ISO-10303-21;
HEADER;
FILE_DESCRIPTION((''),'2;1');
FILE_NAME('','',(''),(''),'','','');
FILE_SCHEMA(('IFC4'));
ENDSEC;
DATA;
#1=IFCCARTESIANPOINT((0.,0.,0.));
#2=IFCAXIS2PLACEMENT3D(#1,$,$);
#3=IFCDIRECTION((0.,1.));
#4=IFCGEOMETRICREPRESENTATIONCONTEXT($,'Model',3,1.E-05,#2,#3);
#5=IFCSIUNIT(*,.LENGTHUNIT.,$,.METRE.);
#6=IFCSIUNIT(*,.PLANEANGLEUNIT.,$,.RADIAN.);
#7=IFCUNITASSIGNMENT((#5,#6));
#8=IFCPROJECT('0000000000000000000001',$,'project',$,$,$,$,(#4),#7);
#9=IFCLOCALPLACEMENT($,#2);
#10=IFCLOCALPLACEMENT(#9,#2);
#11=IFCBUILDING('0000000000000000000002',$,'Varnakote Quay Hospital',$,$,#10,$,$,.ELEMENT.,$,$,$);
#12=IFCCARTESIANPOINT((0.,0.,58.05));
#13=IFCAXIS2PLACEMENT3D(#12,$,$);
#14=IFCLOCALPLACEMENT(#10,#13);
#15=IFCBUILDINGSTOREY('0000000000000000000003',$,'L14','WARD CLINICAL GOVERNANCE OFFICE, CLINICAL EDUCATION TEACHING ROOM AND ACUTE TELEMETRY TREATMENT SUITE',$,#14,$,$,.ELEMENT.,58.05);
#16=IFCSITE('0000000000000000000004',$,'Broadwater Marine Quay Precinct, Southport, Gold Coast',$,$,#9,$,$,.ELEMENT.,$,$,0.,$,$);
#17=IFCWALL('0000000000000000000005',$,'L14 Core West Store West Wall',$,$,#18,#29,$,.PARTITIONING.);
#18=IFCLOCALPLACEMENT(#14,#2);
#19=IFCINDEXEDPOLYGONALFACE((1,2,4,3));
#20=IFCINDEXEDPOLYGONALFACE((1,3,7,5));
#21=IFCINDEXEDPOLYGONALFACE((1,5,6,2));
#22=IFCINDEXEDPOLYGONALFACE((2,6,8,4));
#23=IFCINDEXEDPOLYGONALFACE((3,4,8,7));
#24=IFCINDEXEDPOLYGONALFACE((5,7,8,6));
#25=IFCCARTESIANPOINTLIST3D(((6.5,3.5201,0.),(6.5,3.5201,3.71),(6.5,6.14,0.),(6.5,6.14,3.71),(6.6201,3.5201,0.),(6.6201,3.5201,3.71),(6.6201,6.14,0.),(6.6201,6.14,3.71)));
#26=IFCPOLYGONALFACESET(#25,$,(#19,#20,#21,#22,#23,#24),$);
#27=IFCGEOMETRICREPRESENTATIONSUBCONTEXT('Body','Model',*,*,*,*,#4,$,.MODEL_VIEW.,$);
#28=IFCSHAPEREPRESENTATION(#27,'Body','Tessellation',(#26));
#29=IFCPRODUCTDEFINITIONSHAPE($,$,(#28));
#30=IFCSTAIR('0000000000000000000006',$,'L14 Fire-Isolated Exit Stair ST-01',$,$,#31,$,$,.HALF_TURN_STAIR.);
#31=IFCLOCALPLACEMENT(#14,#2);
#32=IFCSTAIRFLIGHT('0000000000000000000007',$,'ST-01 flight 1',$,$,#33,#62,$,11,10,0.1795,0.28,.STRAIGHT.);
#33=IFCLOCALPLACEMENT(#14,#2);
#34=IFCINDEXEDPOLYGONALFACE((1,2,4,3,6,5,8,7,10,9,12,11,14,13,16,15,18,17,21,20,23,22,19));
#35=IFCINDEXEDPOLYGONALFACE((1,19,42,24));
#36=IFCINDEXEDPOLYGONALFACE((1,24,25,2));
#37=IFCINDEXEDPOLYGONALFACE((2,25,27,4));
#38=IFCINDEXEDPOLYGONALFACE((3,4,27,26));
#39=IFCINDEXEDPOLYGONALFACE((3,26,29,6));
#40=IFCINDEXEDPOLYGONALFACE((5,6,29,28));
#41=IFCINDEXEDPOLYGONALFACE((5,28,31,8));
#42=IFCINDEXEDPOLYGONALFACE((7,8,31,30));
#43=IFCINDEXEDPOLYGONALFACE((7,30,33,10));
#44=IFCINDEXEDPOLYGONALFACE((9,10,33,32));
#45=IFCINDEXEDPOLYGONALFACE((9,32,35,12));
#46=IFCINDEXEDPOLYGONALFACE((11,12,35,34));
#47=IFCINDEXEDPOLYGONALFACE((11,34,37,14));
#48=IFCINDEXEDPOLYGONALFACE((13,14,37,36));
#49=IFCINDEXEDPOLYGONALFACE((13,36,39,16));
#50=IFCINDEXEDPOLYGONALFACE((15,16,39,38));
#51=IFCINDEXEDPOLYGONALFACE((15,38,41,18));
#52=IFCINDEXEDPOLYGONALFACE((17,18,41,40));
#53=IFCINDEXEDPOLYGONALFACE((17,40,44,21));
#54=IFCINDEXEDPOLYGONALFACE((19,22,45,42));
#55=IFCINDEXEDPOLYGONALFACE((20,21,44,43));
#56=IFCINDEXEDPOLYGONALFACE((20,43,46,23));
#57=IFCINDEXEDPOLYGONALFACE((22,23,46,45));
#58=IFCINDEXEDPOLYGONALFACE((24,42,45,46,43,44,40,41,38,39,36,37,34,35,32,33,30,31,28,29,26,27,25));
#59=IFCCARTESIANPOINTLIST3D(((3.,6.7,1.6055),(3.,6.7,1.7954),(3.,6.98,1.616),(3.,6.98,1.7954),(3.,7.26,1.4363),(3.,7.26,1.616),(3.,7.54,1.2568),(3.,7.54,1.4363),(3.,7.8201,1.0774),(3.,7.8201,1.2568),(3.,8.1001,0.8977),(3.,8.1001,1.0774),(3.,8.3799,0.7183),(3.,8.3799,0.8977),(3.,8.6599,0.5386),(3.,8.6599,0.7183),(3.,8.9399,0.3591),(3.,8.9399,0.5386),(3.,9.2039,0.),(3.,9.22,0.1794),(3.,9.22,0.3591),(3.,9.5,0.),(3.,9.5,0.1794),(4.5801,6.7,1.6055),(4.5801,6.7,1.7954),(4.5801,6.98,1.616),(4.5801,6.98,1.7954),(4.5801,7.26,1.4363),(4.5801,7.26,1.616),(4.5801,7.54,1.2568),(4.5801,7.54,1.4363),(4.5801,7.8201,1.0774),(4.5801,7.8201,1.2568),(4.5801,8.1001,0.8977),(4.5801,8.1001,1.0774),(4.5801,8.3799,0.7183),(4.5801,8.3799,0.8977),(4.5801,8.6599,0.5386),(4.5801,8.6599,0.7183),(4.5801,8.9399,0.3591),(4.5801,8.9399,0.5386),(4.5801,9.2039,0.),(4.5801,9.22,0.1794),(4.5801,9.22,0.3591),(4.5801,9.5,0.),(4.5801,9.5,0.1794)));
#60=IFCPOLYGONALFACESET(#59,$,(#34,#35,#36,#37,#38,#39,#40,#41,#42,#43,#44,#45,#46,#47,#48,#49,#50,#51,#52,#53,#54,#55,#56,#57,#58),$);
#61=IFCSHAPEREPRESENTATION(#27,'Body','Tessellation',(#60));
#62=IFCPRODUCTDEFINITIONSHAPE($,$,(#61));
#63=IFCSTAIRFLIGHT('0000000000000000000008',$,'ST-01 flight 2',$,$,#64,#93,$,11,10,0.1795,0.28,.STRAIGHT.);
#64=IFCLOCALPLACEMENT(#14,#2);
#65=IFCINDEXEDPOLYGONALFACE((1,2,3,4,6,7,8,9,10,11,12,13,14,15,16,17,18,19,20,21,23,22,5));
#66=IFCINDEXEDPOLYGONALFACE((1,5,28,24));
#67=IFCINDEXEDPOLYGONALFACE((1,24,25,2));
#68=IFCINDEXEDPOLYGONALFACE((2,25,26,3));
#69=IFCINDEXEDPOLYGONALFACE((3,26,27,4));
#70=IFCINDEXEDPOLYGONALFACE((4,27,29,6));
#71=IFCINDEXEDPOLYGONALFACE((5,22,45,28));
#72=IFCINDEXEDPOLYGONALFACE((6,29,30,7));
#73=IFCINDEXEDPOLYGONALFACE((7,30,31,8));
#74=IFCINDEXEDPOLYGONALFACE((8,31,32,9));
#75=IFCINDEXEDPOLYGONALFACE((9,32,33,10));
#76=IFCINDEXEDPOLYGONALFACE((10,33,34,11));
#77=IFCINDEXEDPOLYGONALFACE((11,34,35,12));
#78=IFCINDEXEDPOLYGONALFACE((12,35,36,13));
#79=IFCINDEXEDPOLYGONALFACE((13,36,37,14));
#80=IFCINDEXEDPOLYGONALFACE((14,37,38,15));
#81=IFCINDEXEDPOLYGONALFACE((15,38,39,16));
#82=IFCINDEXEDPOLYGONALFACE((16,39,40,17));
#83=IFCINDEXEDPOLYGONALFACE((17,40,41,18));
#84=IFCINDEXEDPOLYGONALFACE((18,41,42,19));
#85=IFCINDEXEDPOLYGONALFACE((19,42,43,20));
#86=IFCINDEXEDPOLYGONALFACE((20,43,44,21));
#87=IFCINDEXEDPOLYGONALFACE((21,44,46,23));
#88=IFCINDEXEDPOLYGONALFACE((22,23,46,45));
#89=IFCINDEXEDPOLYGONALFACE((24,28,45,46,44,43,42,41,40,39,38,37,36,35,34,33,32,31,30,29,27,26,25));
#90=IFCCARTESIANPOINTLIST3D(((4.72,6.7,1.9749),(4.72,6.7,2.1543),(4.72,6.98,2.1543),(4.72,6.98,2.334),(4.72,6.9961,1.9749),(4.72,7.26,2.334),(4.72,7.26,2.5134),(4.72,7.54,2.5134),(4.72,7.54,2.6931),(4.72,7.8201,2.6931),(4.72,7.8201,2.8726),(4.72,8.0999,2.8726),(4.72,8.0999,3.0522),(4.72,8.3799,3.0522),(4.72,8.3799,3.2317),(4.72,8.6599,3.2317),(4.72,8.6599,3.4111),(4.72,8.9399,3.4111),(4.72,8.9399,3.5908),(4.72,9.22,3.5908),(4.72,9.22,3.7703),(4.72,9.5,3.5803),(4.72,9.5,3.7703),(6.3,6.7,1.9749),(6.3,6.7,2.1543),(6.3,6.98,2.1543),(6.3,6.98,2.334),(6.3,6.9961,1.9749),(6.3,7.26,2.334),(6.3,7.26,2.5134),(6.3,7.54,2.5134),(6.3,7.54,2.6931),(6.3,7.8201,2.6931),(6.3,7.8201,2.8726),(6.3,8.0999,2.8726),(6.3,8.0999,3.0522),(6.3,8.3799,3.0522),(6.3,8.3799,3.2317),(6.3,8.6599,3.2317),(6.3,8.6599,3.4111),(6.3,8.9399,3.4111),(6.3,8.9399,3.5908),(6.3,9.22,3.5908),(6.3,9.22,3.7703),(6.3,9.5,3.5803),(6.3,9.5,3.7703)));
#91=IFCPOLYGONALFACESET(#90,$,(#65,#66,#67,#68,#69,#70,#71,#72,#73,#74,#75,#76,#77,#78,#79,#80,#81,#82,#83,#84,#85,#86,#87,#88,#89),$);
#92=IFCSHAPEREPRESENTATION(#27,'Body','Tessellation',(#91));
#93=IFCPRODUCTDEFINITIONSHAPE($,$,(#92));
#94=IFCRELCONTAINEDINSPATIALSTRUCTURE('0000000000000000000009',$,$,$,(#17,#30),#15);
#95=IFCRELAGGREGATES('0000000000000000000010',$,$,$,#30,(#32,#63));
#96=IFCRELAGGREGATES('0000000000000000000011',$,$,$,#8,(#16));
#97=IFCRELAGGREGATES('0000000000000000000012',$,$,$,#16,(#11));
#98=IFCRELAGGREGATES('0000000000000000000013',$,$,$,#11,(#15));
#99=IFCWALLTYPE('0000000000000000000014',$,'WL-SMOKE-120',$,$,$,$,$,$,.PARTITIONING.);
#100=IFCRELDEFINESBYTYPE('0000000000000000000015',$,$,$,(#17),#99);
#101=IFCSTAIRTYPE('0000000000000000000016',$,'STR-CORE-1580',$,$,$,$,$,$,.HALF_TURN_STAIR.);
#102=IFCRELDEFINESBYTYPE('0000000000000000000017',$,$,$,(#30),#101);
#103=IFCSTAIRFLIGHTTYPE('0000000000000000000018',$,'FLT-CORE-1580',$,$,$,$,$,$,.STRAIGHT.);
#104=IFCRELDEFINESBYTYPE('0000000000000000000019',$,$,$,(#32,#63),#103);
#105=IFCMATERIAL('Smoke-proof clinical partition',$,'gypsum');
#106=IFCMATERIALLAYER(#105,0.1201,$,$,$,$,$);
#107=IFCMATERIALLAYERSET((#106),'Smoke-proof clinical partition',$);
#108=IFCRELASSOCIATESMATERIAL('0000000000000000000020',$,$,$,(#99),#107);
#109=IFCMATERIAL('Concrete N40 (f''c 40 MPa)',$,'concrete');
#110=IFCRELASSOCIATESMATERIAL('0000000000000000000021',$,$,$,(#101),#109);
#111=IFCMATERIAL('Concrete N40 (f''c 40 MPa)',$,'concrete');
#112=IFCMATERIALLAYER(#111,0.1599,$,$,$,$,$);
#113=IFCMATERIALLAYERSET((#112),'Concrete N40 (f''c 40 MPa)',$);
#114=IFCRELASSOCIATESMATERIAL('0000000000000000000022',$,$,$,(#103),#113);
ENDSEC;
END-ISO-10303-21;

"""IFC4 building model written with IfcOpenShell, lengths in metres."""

from ifc_helpers import new_model, si_unit, direction, frame, frame_2d, origin, place, context, subcontext, project, spatial, polyline, rectangle, outline, extrude, material, layer, layer_set, type_object, element, aggregate, save


model = new_model("IFC4")

# Units and contexts
model_context = context("Model", 3, precision=1e-05, world=origin(), true_north=direction((0.0, 1.0)))
body_context = subcontext(model_context, "Body", "Model", "MODEL_VIEW")
ifc_project = project(units=[si_unit("LENGTHUNIT", "METRE"), si_unit("PLANEANGLEUNIT", "RADIAN")], contexts=[model_context])

# Site, building, storey
site_placement = place(None, origin())
site = spatial("IfcSite", under=ifc_project, at=site_placement, Name="Broadwater Marine Quay Precinct, Southport, Gold Coast", CompositionType="ELEMENT", RefElevation=0.0)
building_placement = place(site_placement, origin())
building = spatial("IfcBuilding", under=site, at=building_placement, Name="Varnakote Quay Hospital", CompositionType="ELEMENT")
storey_placement = place(building_placement, frame((0.0, 0.0, 58.05)))
storey = spatial("IfcBuildingStorey", under=building, at=storey_placement, Name="L14", Description="WARD CLINICAL GOVERNANCE OFFICE, CLINICAL EDUCATION TEACHING ROOM AND ACUTE TELEMETRY TREATMENT SUITE", CompositionType="ELEMENT", Elevation=58.05)

# Wall
ifc_material_1 = material(Name="Smoke-proof clinical partition", Category="gypsum")
ifc_layer_1 = layer(ifc_material_1, 0.1201)
ifc_layer_set_1 = layer_set([ifc_layer_1], Name="Smoke-proof clinical partition")
wall_type_1 = type_object("IfcWallType", Name="WL-SMOKE-120", PredefinedType="PARTITIONING", material=ifc_layer_set_1)
wall_1_placement = place(storey_placement, frame((6.5601, 3.52, 0.0), z_axis=(0.0, 0.0, 1.0), x_axis=(0.0, 1.0, 0.0)))
element("IfcWall", 1, at=wall_1_placement, inside=storey, type_object=wall_type_1, Name="L14 Core West Store West Wall", PredefinedType="PARTITIONING", context=body_context, shape_type="SweptSolid", body=[
    extrude(rectangle(XDim=2.6199, YDim=0.1201, at=frame_2d((1.3101, 0.0))), origin(), (0.0, 0.0, 1.0), 3.71),
])

# Stair, stair flights
ifc_material_2 = material(Name="Concrete N40 (f'c 40 MPa)", Category="concrete")
stair_type = type_object("IfcStairType", Name="STR-CORE-1580", PredefinedType="HALF_TURN_STAIR", material=ifc_material_2)
stair_placement = place(storey_placement, origin())
stair = element("IfcStair", 2, at=stair_placement, inside=storey, type_object=stair_type, Name="L14 Fire-Isolated Exit Stair ST-01", PredefinedType="HALF_TURN_STAIR")
ifc_material_3 = material(Name="Concrete N40 (f'c 40 MPa)", Category="concrete")
ifc_layer_2 = layer(ifc_material_3, 0.1599)
ifc_layer_set_2 = layer_set([ifc_layer_2], Name="Concrete N40 (f'c 40 MPa)")
stair_flight_type = type_object("IfcStairFlightType", Name="FLT-CORE-1580", PredefinedType="STRAIGHT", material=ifc_layer_set_2)
stair_flight_1_placement = place(storey_placement, frame((3.79, 9.5, 0.0), z_axis=(0.0, 0.0, 1.0), x_axis=(0.0, -1.0, 0.0)))
stair_flight_1 = element("IfcStairFlight", 3, at=stair_flight_1_placement, type_object=stair_flight_type, Name="ST-01 flight 1", NumberOfRisers=11, NumberOfTreads=10, PredefinedType="STRAIGHT", RiserHeight=0.1795, TreadLength=0.28, context=body_context, shape_type="SweptSolid", body=[
    extrude(outline(polyline([(0.0, 0.0), (0.0, 0.1794), (0.28, 0.1794), (0.28, 0.3591), (0.5601, 0.3591), (0.5601, 0.5386), (0.8401, 0.5386), (0.8401, 0.7183), (1.1201, 0.7183), (1.1201, 0.8977), (1.3999, 0.8977), (1.3999, 1.0774), (1.6799, 1.0774), (1.6799, 1.2568), (1.96, 1.2568), (1.96, 1.4363), (2.24, 1.4363), (2.24, 1.616), (2.52, 1.616), (2.52, 1.7954), (2.8, 1.7954), (2.8, 1.9751), (2.8, 1.6055), (0.2961, 0.0), (0.0, 0.0)])), frame((0.0, 0.79, 0.0), z_axis=(0.0, -1.0, 0.0), x_axis=(1.0, 0.0, 0.0)), (0.0, 0.0, 1.0), 1.5801),
])
stair_flight_2_placement = place(storey_placement, frame((5.51, 6.7, 1.9749), z_axis=(0.0, 0.0, 1.0), x_axis=(0.0, 1.0, 0.0)))
stair_flight_2 = element("IfcStairFlight", 4, at=stair_flight_2_placement, type_object=stair_flight_type, Name="ST-01 flight 2", NumberOfRisers=11, NumberOfTreads=10, PredefinedType="STRAIGHT", RiserHeight=0.1795, TreadLength=0.28, context=body_context, shape_type="SweptSolid", body=[
    extrude(outline(polyline([(0.0, 0.0), (0.0, 0.1794), (0.28, 0.1794), (0.28, 0.3591), (0.5601, 0.3591), (0.5601, 0.5386), (0.8401, 0.5386), (0.8401, 0.7183), (1.1201, 0.7183), (1.1201, 0.8977), (1.3999, 0.8977), (1.3999, 1.0774), (1.6799, 1.0774), (1.6799, 1.2568), (1.96, 1.2568), (1.96, 1.4363), (2.24, 1.4363), (2.24, 1.616), (2.52, 1.616), (2.52, 1.7954), (2.8, 1.7954), (2.8, 1.9751), (2.8, 1.6055), (0.2961, 0.0), (0.0, 0.0)])), frame((0.0, 0.79, 0.0), z_axis=(0.0, -1.0, 0.0), x_axis=(1.0, 0.0, 0.0)), (0.0, 0.0, 1.0), 1.5801),
])
aggregate(stair, [stair_flight_1, stair_flight_2])

save(model, "model.ifc")
